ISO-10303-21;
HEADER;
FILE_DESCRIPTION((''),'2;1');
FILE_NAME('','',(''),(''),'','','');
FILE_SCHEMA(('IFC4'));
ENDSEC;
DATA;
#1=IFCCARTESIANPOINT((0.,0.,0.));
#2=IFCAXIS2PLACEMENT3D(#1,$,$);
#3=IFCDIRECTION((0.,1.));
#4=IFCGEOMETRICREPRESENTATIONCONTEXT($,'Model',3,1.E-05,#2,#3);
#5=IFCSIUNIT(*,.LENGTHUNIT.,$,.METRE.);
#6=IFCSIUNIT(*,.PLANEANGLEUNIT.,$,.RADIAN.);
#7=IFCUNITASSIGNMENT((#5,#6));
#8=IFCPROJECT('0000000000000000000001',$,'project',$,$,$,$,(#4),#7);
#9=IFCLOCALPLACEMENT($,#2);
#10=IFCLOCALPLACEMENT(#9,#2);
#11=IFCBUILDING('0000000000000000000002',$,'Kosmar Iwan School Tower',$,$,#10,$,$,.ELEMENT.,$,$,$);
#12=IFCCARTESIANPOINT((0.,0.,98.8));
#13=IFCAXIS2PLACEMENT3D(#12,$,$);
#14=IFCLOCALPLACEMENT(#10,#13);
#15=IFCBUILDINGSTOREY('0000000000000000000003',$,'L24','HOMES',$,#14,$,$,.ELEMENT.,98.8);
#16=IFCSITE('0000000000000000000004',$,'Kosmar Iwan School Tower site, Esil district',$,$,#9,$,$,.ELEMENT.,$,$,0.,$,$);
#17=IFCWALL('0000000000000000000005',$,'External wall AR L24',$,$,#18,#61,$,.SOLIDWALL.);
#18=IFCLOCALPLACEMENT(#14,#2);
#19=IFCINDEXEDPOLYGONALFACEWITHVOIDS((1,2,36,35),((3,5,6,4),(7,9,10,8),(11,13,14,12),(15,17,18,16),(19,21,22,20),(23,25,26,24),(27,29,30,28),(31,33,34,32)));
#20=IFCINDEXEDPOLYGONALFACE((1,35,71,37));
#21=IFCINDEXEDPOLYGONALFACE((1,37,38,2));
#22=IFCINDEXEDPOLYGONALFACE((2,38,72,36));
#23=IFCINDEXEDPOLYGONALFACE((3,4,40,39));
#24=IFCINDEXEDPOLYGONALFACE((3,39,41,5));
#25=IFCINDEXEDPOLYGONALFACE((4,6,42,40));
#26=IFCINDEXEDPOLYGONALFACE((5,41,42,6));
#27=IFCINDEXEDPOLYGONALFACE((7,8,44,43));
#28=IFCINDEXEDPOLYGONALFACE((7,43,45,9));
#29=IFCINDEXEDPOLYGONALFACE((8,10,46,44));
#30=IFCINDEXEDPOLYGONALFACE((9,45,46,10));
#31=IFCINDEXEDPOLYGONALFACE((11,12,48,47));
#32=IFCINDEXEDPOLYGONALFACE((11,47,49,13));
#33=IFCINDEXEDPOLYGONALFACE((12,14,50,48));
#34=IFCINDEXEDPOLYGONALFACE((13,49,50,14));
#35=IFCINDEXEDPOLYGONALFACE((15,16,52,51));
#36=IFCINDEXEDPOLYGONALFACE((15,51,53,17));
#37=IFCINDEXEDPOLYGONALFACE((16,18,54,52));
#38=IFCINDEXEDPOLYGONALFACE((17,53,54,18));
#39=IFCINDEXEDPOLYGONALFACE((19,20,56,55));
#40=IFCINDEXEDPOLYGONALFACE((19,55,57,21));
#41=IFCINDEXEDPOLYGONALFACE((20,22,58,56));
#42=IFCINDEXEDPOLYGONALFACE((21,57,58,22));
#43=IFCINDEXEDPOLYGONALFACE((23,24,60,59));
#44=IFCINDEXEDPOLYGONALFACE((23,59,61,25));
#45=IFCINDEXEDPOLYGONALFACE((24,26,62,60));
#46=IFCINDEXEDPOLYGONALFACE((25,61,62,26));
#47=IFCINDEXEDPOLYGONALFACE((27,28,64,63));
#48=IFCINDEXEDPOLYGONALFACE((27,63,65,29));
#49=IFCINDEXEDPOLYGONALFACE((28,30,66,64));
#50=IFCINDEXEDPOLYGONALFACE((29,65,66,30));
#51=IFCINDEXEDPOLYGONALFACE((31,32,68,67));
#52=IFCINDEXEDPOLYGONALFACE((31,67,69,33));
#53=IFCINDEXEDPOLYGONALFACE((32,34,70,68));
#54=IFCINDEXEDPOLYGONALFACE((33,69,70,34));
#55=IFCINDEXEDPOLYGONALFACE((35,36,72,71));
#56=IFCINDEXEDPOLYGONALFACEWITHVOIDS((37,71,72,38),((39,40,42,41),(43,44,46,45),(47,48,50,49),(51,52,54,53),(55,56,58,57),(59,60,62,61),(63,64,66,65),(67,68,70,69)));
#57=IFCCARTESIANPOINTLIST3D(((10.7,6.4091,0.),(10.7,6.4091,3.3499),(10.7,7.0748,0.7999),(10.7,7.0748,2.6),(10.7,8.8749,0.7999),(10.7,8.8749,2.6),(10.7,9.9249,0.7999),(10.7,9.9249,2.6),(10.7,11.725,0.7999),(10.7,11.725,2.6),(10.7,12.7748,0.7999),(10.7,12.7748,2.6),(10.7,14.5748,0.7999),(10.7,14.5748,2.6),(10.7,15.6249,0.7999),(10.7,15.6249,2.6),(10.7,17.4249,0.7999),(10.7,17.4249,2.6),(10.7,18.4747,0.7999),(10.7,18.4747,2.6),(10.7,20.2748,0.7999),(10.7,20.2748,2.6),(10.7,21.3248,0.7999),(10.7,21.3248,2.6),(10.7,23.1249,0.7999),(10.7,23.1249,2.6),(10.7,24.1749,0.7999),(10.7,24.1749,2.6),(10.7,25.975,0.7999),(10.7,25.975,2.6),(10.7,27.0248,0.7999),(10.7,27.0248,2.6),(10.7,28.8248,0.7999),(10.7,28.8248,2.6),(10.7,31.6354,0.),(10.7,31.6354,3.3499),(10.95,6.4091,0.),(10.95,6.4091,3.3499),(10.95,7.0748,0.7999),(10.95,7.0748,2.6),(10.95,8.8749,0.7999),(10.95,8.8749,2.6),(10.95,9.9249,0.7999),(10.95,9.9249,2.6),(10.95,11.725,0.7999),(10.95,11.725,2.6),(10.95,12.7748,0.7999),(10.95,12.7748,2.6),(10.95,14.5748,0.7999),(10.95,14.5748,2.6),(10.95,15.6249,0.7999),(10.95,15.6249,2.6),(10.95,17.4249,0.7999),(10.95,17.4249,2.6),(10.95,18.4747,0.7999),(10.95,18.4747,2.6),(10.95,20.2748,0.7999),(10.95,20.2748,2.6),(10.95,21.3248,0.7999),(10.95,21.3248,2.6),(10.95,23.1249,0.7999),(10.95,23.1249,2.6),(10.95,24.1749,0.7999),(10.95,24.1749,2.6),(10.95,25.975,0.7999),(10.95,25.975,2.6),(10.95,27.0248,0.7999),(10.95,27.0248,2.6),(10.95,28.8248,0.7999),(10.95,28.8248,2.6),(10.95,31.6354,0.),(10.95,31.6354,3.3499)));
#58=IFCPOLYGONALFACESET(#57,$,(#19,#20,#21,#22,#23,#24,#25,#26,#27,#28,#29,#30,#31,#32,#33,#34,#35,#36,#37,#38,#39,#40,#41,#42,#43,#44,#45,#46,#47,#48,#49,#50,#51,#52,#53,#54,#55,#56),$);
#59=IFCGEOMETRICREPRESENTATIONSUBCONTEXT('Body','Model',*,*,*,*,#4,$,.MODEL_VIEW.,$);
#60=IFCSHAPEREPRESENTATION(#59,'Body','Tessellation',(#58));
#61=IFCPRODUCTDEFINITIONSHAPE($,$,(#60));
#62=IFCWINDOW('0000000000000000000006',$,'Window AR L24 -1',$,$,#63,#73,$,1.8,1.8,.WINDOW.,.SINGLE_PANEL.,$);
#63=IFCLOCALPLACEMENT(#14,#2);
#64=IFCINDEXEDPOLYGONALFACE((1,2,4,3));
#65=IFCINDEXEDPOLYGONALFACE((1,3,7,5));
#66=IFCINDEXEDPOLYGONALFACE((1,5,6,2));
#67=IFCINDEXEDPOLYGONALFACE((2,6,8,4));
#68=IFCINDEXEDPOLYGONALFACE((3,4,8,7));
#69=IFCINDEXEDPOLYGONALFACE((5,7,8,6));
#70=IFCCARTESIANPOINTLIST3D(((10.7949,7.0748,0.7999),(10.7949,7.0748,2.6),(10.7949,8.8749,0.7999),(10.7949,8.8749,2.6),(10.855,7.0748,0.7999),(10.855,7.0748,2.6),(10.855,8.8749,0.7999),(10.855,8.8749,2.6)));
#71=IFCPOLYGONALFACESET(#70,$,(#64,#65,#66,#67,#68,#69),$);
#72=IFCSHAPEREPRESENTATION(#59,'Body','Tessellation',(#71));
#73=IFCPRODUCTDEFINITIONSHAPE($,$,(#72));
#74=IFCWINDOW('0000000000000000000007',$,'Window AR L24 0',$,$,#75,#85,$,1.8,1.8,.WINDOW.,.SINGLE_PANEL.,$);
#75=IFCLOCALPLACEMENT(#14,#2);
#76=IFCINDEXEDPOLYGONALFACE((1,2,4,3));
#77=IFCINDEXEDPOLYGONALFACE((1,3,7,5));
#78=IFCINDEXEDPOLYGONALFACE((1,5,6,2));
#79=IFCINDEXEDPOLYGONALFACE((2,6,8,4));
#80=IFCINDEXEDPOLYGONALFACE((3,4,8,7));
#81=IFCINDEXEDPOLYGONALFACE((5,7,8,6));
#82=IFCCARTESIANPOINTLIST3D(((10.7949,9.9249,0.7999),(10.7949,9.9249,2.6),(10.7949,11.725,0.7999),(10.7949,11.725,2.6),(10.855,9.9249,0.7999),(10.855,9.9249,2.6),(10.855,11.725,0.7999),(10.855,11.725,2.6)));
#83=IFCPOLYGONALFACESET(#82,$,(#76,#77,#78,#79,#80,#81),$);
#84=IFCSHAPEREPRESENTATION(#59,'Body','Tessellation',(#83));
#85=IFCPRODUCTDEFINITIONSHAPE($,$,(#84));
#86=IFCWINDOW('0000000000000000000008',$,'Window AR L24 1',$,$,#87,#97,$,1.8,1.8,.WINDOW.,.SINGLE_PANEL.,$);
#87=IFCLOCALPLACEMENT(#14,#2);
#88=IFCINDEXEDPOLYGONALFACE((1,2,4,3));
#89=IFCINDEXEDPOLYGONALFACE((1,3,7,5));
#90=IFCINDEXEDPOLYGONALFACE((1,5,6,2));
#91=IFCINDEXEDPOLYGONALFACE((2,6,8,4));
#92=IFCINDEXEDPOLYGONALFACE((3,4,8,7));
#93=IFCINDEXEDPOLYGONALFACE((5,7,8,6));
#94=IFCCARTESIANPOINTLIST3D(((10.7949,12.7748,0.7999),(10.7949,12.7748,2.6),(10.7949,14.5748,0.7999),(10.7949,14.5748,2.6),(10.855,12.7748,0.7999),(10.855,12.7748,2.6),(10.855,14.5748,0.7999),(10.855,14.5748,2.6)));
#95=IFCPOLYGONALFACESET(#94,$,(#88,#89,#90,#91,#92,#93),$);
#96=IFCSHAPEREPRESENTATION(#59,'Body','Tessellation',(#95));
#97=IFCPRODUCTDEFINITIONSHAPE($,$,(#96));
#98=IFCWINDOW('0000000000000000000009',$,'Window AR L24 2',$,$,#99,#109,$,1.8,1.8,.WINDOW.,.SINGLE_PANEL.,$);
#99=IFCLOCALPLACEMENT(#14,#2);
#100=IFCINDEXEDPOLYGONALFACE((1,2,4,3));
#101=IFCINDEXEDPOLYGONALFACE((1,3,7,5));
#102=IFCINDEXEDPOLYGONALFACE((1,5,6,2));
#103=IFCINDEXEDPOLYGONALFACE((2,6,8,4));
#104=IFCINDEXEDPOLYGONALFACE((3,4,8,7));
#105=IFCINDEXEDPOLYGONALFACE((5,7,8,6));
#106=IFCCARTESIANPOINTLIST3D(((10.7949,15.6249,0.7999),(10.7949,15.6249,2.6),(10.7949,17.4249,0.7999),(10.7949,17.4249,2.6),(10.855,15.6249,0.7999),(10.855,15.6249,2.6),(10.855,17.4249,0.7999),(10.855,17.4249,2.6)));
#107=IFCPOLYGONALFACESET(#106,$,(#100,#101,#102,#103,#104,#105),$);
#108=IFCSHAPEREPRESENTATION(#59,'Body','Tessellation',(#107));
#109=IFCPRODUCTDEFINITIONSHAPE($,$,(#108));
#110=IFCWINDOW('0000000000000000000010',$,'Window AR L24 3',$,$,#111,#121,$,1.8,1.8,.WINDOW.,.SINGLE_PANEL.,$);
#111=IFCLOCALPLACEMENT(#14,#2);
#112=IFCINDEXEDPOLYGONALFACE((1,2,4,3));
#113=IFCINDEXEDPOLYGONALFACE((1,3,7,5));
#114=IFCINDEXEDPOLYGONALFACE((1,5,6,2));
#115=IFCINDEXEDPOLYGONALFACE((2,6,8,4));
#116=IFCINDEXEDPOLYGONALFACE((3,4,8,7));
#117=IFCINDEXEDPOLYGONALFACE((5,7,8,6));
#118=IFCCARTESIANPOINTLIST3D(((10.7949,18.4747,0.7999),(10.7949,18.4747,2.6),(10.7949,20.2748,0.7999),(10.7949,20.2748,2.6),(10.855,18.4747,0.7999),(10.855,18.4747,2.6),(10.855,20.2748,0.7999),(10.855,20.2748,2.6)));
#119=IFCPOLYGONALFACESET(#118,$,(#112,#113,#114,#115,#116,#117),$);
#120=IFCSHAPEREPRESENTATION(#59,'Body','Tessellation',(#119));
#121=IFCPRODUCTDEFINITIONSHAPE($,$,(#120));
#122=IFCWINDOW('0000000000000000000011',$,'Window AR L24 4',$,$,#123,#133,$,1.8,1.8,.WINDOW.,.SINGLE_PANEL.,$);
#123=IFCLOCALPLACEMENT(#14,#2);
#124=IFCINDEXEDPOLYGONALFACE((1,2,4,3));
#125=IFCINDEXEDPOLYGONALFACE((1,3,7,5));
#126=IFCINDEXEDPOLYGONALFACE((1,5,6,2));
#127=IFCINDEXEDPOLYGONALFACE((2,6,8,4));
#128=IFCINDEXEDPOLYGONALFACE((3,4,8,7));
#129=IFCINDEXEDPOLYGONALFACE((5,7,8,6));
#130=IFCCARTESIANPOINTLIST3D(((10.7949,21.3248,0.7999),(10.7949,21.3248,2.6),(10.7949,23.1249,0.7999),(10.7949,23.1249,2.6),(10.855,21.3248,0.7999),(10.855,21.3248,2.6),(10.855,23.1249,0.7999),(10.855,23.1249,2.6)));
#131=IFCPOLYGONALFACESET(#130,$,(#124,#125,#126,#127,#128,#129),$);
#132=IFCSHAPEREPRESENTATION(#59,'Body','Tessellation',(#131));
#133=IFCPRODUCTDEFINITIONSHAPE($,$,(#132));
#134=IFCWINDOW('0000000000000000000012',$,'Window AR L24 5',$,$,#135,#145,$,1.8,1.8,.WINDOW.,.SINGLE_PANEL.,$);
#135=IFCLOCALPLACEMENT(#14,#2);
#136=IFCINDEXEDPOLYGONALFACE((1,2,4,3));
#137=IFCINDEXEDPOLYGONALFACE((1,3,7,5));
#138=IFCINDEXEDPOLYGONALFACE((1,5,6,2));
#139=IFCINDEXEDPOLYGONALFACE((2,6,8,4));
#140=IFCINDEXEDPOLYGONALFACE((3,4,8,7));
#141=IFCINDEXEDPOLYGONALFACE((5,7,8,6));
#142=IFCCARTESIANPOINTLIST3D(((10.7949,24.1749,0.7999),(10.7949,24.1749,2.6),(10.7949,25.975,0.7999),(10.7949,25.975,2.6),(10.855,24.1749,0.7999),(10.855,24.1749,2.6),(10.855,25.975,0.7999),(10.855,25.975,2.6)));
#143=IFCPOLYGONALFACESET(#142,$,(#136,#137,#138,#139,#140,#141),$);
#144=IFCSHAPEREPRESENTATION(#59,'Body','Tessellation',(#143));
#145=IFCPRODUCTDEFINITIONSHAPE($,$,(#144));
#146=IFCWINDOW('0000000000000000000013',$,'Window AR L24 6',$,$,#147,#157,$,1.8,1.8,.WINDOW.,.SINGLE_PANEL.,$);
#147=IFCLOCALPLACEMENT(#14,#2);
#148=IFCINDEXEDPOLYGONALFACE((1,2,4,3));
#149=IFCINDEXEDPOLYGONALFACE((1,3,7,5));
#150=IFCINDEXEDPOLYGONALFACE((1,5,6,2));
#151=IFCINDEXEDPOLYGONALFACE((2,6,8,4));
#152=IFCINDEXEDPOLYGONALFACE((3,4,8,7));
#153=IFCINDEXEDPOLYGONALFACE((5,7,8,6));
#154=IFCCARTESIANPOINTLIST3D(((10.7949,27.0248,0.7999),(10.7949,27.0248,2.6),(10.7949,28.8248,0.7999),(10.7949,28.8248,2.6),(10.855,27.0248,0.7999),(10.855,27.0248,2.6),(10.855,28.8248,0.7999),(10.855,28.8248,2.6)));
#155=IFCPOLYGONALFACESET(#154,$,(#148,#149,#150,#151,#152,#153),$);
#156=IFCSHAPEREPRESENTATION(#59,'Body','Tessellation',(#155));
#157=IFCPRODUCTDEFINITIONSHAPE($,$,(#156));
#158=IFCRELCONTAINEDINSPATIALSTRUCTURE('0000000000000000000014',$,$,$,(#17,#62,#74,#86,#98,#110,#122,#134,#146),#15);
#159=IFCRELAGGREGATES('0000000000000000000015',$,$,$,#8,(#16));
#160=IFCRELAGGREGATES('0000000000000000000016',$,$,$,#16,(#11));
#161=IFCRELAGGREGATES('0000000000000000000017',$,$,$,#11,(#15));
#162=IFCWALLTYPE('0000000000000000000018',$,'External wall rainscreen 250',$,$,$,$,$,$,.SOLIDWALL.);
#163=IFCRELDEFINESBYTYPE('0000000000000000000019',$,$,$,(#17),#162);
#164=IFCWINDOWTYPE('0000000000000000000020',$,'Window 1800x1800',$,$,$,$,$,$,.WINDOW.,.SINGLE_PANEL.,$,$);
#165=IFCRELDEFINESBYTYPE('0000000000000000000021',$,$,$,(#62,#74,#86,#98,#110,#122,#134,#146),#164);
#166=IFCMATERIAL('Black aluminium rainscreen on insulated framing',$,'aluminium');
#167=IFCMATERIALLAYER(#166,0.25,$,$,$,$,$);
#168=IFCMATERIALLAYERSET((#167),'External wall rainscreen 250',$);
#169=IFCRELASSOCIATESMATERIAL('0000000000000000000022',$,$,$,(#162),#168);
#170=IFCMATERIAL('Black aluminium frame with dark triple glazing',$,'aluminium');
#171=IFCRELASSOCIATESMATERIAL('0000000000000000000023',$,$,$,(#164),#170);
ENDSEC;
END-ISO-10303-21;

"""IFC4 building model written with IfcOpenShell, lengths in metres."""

from ifc_helpers import new_model, si_unit, direction, frame, frame_2d, origin, place, context, subcontext, project, spatial, rectangle, extrude, material, layer, layer_set, type_object, element, fill, save


model = new_model("IFC4")

# Units and contexts
model_context = context("Model", 3, precision=1e-05, world=origin(), true_north=direction((0.0, 1.0)))
body_context = subcontext(model_context, "Body", "Model", "MODEL_VIEW")
ifc_project = project(units=[si_unit("LENGTHUNIT", "METRE"), si_unit("PLANEANGLEUNIT", "RADIAN")], contexts=[model_context])

# Site, building, storey
site_placement = place(None, origin())
site = spatial("IfcSite", under=ifc_project, at=site_placement, Name="Kosmar Iwan School Tower site, Esil district", CompositionType="ELEMENT", RefElevation=0.0)
building_placement = place(site_placement, origin())
building = spatial("IfcBuilding", under=site, at=building_placement, Name="Kosmar Iwan School Tower", CompositionType="ELEMENT")
storey_placement = place(building_placement, frame((0.0, 0.0, 98.8)))
storey = spatial("IfcBuildingStorey", under=building, at=storey_placement, Name="L24", Description="HOMES", CompositionType="ELEMENT", Elevation=98.8)

# Wall, openings, windows
ifc_material_1 = material(Name="Black aluminium rainscreen on insulated framing", Category="aluminium")
ifc_layer = layer(ifc_material_1, 0.25)
ifc_layer_set = layer_set([ifc_layer], Name="External wall rainscreen 250")
wall_type = type_object("IfcWallType", Name="External wall rainscreen 250", PredefinedType="SOLIDWALL", material=ifc_layer_set)
ifc_material_2 = material(Name="Black aluminium frame with dark triple glazing", Category="aluminium")
window_type = type_object("IfcWindowType", Name="Window 1800x1800", PartitioningType="SINGLE_PANEL", PredefinedType="WINDOW", material=ifc_material_2)
wall_1_placement = place(storey_placement, frame((10.825, 6.4089, 0.0), z_axis=(0.0, 0.0, 1.0), x_axis=(0.0, 1.0, 0.0)))
wall_1 = element("IfcWall", 1, at=wall_1_placement, inside=storey, type_object=wall_type, Name="External wall AR L24", PredefinedType="SOLIDWALL", context=body_context, shape_type="SweptSolid", body=[
    extrude(rectangle(XDim=25.2263, YDim=0.25, at=frame_2d((12.6133, 0.0))), origin(), (0.0, 0.0, 1.0), 3.3499),
])
opening_1_placement = place(wall_1_placement, frame((0.666, 0.0, 0.8)))
opening_1 = element("IfcOpeningElement", 2, at=opening_1_placement, cuts=wall_1, PredefinedType="OPENING", context=body_context, shape_type="SweptSolid", body=[
    extrude(rectangle(XDim=1.8, YDim=1.8, at=frame_2d((0.8999, 0.8999))), frame((0.0, 0.137, 0.0), z_axis=(0.0, -1.0, 0.0), x_axis=(1.0, 0.0, 0.0)), (0.0, 0.0, 1.0), 0.2739),
])
opening_2_placement = place(wall_1_placement, frame((3.5161, 0.0, 0.8)))
opening_2 = element("IfcOpeningElement", 3, at=opening_2_placement, cuts=wall_1, PredefinedType="OPENING", context=body_context, shape_type="SweptSolid", body=[
    extrude(rectangle(XDim=1.8, YDim=1.8, at=frame_2d((0.8999, 0.8999))), frame((0.0, 0.137, 0.0), z_axis=(0.0, -1.0, 0.0), x_axis=(1.0, 0.0, 0.0)), (0.0, 0.0, 1.0), 0.2739),
])
opening_3_placement = place(wall_1_placement, frame((6.366, 0.0, 0.8)))
opening_3 = element("IfcOpeningElement", 4, at=opening_3_placement, cuts=wall_1, PredefinedType="OPENING", context=body_context, shape_type="SweptSolid", body=[
    extrude(rectangle(XDim=1.8, YDim=1.8, at=frame_2d((0.8999, 0.8999))), frame((0.0, 0.137, 0.0), z_axis=(0.0, -1.0, 0.0), x_axis=(1.0, 0.0, 0.0)), (0.0, 0.0, 1.0), 0.2739),
])
opening_4_placement = place(wall_1_placement, frame((9.2161, 0.0, 0.8)))
opening_4 = element("IfcOpeningElement", 5, at=opening_4_placement, cuts=wall_1, PredefinedType="OPENING", context=body_context, shape_type="SweptSolid", body=[
    extrude(rectangle(XDim=1.8, YDim=1.8, at=frame_2d((0.8999, 0.8999))), frame((0.0, 0.137, 0.0), z_axis=(0.0, -1.0, 0.0), x_axis=(1.0, 0.0, 0.0)), (0.0, 0.0, 1.0), 0.2739),
])
opening_5_placement = place(wall_1_placement, frame((12.0659, 0.0, 0.8)))
opening_5 = element("IfcOpeningElement", 6, at=opening_5_placement, cuts=wall_1, PredefinedType="OPENING", context=body_context, shape_type="SweptSolid", body=[
    extrude(rectangle(XDim=1.8, YDim=1.8, at=frame_2d((0.8999, 0.8999))), frame((0.0, 0.137, 0.0), z_axis=(0.0, -1.0, 0.0), x_axis=(1.0, 0.0, 0.0)), (0.0, 0.0, 1.0), 0.2739),
])
opening_6_placement = place(wall_1_placement, frame((14.916, 0.0, 0.8)))
opening_6 = element("IfcOpeningElement", 7, at=opening_6_placement, cuts=wall_1, PredefinedType="OPENING", context=body_context, shape_type="SweptSolid", body=[
    extrude(rectangle(XDim=1.8, YDim=1.8, at=frame_2d((0.8999, 0.8999))), frame((0.0, 0.137, 0.0), z_axis=(0.0, -1.0, 0.0), x_axis=(1.0, 0.0, 0.0)), (0.0, 0.0, 1.0), 0.2739),
])
opening_7_placement = place(wall_1_placement, frame((17.7661, 0.0, 0.8)))
opening_7 = element("IfcOpeningElement", 8, at=opening_7_placement, cuts=wall_1, PredefinedType="OPENING", context=body_context, shape_type="SweptSolid", body=[
    extrude(rectangle(XDim=1.8, YDim=1.8, at=frame_2d((0.8999, 0.8999))), frame((0.0, 0.137, 0.0), z_axis=(0.0, -1.0, 0.0), x_axis=(1.0, 0.0, 0.0)), (0.0, 0.0, 1.0), 0.2739),
])
opening_8_placement = place(wall_1_placement, frame((20.616, 0.0, 0.8)))
opening_8 = element("IfcOpeningElement", 9, at=opening_8_placement, cuts=wall_1, PredefinedType="OPENING", context=body_context, shape_type="SweptSolid", body=[
    extrude(rectangle(XDim=1.8, YDim=1.8, at=frame_2d((0.8999, 0.8999))), frame((0.0, 0.137, 0.0), z_axis=(0.0, -1.0, 0.0), x_axis=(1.0, 0.0, 0.0)), (0.0, 0.0, 1.0), 0.2739),
])
window_1_placement = place(opening_1_placement, origin())
window_1 = element("IfcWindow", 10, at=window_1_placement, inside=storey, type_object=window_type, Name="Window AR L24 -1", OverallHeight=1.8, OverallWidth=1.8, PartitioningType="SINGLE_PANEL", PredefinedType="WINDOW", context=body_context, shape_type="SweptSolid", body=[
    extrude(rectangle(XDim=1.8, YDim=1.8, at=frame_2d((0.8999, 0.8999))), frame((0.0, 0.03, 0.0), z_axis=(0.0, -1.0, 0.0), x_axis=(1.0, 0.0, 0.0)), (0.0, 0.0, 1.0), 0.0601),
])
fill(opening_1, window_1)
window_2_placement = place(opening_2_placement, origin())
window_2 = element("IfcWindow", 11, at=window_2_placement, inside=storey, type_object=window_type, Name="Window AR L24 0", OverallHeight=1.8, OverallWidth=1.8, PartitioningType="SINGLE_PANEL", PredefinedType="WINDOW", context=body_context, shape_type="SweptSolid", body=[
    extrude(rectangle(XDim=1.8, YDim=1.8, at=frame_2d((0.8999, 0.8999))), frame((0.0, 0.03, 0.0), z_axis=(0.0, -1.0, 0.0), x_axis=(1.0, 0.0, 0.0)), (0.0, 0.0, 1.0), 0.0601),
])
fill(opening_2, window_2)
window_3_placement = place(opening_3_placement, origin())
window_3 = element("IfcWindow", 12, at=window_3_placement, inside=storey, type_object=window_type, Name="Window AR L24 1", OverallHeight=1.8, OverallWidth=1.8, PartitioningType="SINGLE_PANEL", PredefinedType="WINDOW", context=body_context, shape_type="SweptSolid", body=[
    extrude(rectangle(XDim=1.8, YDim=1.8, at=frame_2d((0.8999, 0.8999))), frame((0.0, 0.03, 0.0), z_axis=(0.0, -1.0, 0.0), x_axis=(1.0, 0.0, 0.0)), (0.0, 0.0, 1.0), 0.0601),
])
fill(opening_3, window_3)
window_4_placement = place(opening_4_placement, origin())
window_4 = element("IfcWindow", 13, at=window_4_placement, inside=storey, type_object=window_type, Name="Window AR L24 2", OverallHeight=1.8, OverallWidth=1.8, PartitioningType="SINGLE_PANEL", PredefinedType="WINDOW", context=body_context, shape_type="SweptSolid", body=[
    extrude(rectangle(XDim=1.8, YDim=1.8, at=frame_2d((0.8999, 0.8999))), frame((0.0, 0.03, 0.0), z_axis=(0.0, -1.0, 0.0), x_axis=(1.0, 0.0, 0.0)), (0.0, 0.0, 1.0), 0.0601),
])
fill(opening_4, window_4)
window_5_placement = place(opening_5_placement, origin())
window_5 = element("IfcWindow", 14, at=window_5_placement, inside=storey, type_object=window_type, Name="Window AR L24 3", OverallHeight=1.8, OverallWidth=1.8, PartitioningType="SINGLE_PANEL", PredefinedType="WINDOW", context=body_context, shape_type="SweptSolid", body=[
    extrude(rectangle(XDim=1.8, YDim=1.8, at=frame_2d((0.8999, 0.8999))), frame((0.0, 0.03, 0.0), z_axis=(0.0, -1.0, 0.0), x_axis=(1.0, 0.0, 0.0)), (0.0, 0.0, 1.0), 0.0601),
])
fill(opening_5, window_5)
window_6_placement = place(opening_6_placement, origin())
window_6 = element("IfcWindow", 15, at=window_6_placement, inside=storey, type_object=window_type, Name="Window AR L24 4", OverallHeight=1.8, OverallWidth=1.8, PartitioningType="SINGLE_PANEL", PredefinedType="WINDOW", context=body_context, shape_type="SweptSolid", body=[
    extrude(rectangle(XDim=1.8, YDim=1.8, at=frame_2d((0.8999, 0.8999))), frame((0.0, 0.03, 0.0), z_axis=(0.0, -1.0, 0.0), x_axis=(1.0, 0.0, 0.0)), (0.0, 0.0, 1.0), 0.0601),
])
fill(opening_6, window_6)
window_7_placement = place(opening_7_placement, origin())
window_7 = element("IfcWindow", 16, at=window_7_placement, inside=storey, type_object=window_type, Name="Window AR L24 5", OverallHeight=1.8, OverallWidth=1.8, PartitioningType="SINGLE_PANEL", PredefinedType="WINDOW", context=body_context, shape_type="SweptSolid", body=[
    extrude(rectangle(XDim=1.8, YDim=1.8, at=frame_2d((0.8999, 0.8999))), frame((0.0, 0.03, 0.0), z_axis=(0.0, -1.0, 0.0), x_axis=(1.0, 0.0, 0.0)), (0.0, 0.0, 1.0), 0.0601),
])
fill(opening_7, window_7)
window_8_placement = place(opening_8_placement, origin())
window_8 = element("IfcWindow", 17, at=window_8_placement, inside=storey, type_object=window_type, Name="Window AR L24 6", OverallHeight=1.8, OverallWidth=1.8, PartitioningType="SINGLE_PANEL", PredefinedType="WINDOW", context=body_context, shape_type="SweptSolid", body=[
    extrude(rectangle(XDim=1.8, YDim=1.8, at=frame_2d((0.8999, 0.8999))), frame((0.0, 0.03, 0.0), z_axis=(0.0, -1.0, 0.0), x_axis=(1.0, 0.0, 0.0)), (0.0, 0.0, 1.0), 0.0601),
])
fill(opening_8, window_8)

save(model, "model.ifc")
